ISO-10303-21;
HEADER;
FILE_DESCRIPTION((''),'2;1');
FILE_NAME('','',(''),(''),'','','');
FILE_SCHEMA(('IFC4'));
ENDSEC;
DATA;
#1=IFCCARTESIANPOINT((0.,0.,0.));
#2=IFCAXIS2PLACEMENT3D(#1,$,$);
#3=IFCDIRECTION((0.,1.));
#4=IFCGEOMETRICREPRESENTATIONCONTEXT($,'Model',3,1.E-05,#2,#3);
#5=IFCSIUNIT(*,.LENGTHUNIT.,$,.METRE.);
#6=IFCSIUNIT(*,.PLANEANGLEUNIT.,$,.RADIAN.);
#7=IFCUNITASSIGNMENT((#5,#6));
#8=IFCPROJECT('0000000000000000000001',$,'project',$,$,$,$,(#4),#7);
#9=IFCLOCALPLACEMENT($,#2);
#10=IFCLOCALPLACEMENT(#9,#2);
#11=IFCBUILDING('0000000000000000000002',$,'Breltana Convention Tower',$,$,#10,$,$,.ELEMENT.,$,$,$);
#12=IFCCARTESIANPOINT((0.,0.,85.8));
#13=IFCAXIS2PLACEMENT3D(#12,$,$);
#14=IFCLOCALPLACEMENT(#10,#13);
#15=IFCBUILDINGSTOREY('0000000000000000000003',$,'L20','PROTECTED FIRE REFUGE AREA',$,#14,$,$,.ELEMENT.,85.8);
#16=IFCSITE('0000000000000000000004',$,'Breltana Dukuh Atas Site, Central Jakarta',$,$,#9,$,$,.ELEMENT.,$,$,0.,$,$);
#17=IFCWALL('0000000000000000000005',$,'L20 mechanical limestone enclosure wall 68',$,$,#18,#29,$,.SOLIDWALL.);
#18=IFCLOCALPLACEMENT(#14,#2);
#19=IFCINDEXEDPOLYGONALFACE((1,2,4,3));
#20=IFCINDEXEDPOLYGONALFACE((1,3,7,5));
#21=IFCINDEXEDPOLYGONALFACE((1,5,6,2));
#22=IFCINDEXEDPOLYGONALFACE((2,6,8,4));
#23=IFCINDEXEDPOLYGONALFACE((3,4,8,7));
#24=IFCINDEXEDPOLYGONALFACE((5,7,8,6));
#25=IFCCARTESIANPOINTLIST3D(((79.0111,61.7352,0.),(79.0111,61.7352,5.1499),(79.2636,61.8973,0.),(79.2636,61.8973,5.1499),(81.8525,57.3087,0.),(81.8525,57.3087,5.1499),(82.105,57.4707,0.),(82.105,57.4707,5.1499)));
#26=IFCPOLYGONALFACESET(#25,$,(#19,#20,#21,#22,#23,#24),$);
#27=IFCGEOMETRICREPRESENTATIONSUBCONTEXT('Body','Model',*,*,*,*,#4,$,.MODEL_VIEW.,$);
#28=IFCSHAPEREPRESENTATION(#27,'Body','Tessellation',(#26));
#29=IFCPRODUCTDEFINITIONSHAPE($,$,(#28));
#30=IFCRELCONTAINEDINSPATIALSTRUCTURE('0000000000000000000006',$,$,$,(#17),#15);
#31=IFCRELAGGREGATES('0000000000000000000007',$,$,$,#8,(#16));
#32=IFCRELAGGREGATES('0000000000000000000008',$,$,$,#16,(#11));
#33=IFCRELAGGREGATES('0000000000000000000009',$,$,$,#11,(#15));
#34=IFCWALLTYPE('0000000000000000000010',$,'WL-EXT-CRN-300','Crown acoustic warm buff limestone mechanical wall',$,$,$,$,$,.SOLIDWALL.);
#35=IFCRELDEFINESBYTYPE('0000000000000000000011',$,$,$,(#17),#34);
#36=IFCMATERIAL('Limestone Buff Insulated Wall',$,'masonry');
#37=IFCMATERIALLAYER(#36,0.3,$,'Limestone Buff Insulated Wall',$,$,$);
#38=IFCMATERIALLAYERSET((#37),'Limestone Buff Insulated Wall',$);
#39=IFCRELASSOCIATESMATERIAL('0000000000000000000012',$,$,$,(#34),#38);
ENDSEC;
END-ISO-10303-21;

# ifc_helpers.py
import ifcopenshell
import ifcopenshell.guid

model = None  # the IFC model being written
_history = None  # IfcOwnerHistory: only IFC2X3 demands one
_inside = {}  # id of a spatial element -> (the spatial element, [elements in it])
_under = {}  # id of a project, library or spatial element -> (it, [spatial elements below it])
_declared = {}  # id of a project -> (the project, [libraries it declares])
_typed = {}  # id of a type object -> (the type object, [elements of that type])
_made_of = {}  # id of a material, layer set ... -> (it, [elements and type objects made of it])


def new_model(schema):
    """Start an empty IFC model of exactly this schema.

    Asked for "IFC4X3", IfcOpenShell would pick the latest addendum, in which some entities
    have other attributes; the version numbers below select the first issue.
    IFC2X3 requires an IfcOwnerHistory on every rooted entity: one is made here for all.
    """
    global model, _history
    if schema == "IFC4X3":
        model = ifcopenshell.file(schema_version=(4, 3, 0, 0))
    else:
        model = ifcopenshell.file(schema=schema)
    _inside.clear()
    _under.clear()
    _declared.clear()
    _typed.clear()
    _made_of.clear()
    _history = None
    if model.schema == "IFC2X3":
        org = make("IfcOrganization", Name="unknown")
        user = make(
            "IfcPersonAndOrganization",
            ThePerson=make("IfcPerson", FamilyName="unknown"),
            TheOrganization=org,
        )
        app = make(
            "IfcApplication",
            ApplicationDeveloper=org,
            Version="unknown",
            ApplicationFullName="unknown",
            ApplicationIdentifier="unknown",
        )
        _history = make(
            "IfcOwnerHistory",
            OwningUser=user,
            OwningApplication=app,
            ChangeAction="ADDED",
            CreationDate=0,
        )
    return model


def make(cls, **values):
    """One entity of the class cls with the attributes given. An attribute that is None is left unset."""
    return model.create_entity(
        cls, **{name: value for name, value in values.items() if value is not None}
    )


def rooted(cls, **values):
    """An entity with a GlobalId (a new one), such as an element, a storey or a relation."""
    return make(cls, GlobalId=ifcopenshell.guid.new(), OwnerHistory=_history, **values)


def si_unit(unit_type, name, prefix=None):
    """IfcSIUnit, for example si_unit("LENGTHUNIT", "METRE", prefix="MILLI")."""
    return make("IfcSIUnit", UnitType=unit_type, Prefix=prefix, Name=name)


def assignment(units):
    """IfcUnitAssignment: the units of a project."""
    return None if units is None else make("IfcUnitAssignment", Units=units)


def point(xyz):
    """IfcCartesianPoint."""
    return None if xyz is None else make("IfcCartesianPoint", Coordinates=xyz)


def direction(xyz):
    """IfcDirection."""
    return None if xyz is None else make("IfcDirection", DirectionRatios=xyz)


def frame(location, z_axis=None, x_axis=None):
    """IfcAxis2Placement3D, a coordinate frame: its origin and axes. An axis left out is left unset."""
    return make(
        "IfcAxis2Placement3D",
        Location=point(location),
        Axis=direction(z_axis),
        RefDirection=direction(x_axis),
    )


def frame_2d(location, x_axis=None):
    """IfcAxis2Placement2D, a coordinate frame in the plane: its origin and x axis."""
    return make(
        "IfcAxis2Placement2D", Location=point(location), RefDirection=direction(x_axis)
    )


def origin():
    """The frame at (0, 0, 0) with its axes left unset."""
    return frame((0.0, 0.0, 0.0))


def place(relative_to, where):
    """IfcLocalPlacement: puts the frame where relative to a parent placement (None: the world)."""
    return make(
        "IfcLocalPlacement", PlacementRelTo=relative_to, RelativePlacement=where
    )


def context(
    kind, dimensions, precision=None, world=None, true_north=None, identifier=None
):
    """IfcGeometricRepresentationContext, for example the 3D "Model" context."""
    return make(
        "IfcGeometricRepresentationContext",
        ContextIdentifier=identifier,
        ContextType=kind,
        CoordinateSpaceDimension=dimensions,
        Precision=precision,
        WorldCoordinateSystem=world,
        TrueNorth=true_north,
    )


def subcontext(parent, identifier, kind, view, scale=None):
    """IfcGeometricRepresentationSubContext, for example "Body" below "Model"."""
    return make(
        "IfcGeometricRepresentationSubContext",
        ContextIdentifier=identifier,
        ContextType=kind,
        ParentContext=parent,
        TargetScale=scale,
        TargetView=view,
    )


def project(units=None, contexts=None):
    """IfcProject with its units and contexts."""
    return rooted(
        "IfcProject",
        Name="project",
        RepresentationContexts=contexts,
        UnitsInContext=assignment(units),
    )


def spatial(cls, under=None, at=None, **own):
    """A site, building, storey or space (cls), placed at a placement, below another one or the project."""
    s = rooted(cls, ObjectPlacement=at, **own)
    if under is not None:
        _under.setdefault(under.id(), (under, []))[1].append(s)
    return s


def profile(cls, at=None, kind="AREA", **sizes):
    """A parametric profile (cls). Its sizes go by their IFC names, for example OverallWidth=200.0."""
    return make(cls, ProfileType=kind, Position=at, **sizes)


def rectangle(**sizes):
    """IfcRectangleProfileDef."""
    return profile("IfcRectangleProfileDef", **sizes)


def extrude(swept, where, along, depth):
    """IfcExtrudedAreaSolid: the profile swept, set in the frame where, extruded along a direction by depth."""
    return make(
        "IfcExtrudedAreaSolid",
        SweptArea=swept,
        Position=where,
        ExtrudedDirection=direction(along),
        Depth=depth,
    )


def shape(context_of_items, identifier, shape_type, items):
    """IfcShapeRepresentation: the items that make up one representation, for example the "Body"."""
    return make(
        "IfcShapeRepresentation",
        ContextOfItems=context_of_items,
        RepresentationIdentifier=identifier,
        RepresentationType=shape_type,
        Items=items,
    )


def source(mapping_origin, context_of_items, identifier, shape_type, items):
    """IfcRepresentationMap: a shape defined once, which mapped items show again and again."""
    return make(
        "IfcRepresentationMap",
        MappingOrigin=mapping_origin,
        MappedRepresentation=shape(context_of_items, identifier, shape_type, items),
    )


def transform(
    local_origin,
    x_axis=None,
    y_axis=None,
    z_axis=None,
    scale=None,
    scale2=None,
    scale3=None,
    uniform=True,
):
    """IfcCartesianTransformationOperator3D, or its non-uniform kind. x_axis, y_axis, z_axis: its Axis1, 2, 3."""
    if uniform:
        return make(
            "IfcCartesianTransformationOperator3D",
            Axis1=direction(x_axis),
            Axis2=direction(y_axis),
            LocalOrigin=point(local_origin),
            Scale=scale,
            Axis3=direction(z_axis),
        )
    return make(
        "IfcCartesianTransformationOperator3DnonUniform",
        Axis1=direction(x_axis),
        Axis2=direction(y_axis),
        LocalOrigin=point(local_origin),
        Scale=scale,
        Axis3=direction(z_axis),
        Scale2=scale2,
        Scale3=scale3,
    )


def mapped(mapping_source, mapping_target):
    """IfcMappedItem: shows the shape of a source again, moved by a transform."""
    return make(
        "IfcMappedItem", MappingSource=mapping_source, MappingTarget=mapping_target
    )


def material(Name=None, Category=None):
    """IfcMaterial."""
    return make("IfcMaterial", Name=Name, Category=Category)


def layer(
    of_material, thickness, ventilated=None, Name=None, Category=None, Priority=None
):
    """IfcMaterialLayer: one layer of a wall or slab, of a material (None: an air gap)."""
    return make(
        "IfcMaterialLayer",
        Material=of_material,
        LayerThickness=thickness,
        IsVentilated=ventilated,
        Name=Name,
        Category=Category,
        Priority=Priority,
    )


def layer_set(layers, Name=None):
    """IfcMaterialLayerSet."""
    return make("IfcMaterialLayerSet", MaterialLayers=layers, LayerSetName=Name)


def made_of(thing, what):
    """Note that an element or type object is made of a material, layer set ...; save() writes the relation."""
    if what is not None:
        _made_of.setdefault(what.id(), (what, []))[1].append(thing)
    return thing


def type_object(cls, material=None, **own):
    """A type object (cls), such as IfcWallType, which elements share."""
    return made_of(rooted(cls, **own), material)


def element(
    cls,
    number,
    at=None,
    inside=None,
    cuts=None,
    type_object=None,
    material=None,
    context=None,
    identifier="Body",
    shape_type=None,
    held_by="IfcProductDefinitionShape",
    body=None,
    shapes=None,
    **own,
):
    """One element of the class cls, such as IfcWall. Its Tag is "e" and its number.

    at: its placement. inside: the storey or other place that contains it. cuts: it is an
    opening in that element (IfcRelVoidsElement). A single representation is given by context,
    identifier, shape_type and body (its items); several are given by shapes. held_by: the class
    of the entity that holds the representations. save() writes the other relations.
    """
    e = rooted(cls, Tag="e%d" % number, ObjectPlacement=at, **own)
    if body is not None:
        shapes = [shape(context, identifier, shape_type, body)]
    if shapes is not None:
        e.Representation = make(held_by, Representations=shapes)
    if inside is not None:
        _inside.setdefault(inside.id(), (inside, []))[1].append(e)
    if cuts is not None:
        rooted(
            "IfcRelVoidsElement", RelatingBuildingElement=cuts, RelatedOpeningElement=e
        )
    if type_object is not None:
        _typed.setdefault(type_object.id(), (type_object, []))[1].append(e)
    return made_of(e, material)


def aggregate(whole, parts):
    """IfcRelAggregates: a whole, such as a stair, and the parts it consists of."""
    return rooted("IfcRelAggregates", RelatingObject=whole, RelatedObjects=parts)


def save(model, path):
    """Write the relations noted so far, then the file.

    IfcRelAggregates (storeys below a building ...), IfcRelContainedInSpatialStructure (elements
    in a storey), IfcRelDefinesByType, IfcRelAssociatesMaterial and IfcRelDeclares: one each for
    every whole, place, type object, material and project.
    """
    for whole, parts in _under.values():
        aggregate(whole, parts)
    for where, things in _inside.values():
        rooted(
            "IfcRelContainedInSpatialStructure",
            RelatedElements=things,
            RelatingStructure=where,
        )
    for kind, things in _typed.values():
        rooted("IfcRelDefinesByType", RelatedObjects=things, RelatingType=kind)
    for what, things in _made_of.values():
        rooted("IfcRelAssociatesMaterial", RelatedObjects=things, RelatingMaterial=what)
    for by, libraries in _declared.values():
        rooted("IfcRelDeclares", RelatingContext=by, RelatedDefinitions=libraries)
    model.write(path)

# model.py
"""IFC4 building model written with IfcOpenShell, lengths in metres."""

from ifc_helpers import new_model, si_unit, direction, frame, frame_2d, origin, place, context, subcontext, project, spatial, rectangle, extrude, source, transform, mapped, material, layer, layer_set, type_object, element, save


model = new_model("IFC4")

# Units and contexts
model_context = context("Model", 3, precision=1e-05, world=origin(), true_north=direction((0.0, 1.0)))
body_context = subcontext(model_context, "Body", "Model", "MODEL_VIEW")
ifc_project = project(units=[si_unit("LENGTHUNIT", "METRE"), si_unit("PLANEANGLEUNIT", "RADIAN")], contexts=[model_context])

# Site, building, storey
site_placement = place(None, origin())
site = spatial("IfcSite", under=ifc_project, at=site_placement, Name="Breltana Dukuh Atas Site, Central Jakarta", CompositionType="ELEMENT", RefElevation=0.0)
building_placement = place(site_placement, origin())
building = spatial("IfcBuilding", under=site, at=building_placement, Name="Breltana Convention Tower", CompositionType="ELEMENT")
storey_placement = place(building_placement, frame((0.0, 0.0, 85.8)))
storey = spatial("IfcBuildingStorey", under=building, at=storey_placement, Name="L20", Description="PROTECTED FIRE REFUGE AREA", CompositionType="ELEMENT", Elevation=85.8)

# Wall
ifc_material_1 = material(Name="Limestone Buff Insulated Wall", Category="masonry")
ifc_layer_1 = layer(ifc_material_1, 0.3, Name="Limestone Buff Insulated Wall")
ifc_layer_set_1 = layer_set([ifc_layer_1], Name="Limestone Buff Insulated Wall")
wall_type = type_object("IfcWallType", Name="WL-EXT-CRN-300", Description="Crown acoustic warm buff limestone mechanical wall", PredefinedType="SOLIDWALL", material=ifc_layer_set_1)
shared_shape_1 = source(origin(), body_context, "Body", "SweptSolid", [
    extrude(rectangle(XDim=5.26, YDim=0.3, at=frame_2d((2.6299, 0.0))), origin(), (0.0, 0.0, 1.0), 5.1499),
])
wall_1_placement = place(storey_placement, frame((79.1375, 61.8162, 0.0), z_axis=(0.0, 0.0, 1.0), x_axis=(0.540178, -0.841551, 0.0)))
element("IfcWall", 1, at=wall_1_placement, inside=storey, type_object=wall_type, Name="L20 mechanical limestone enclosure wall 68", PredefinedType="SOLIDWALL", context=body_context, shape_type="MappedRepresentation", body=[
    mapped(shared_shape_1, transform((0.0, 0.0, 0.0), scale=1.0)),
])

save(model, "model.ifc")
